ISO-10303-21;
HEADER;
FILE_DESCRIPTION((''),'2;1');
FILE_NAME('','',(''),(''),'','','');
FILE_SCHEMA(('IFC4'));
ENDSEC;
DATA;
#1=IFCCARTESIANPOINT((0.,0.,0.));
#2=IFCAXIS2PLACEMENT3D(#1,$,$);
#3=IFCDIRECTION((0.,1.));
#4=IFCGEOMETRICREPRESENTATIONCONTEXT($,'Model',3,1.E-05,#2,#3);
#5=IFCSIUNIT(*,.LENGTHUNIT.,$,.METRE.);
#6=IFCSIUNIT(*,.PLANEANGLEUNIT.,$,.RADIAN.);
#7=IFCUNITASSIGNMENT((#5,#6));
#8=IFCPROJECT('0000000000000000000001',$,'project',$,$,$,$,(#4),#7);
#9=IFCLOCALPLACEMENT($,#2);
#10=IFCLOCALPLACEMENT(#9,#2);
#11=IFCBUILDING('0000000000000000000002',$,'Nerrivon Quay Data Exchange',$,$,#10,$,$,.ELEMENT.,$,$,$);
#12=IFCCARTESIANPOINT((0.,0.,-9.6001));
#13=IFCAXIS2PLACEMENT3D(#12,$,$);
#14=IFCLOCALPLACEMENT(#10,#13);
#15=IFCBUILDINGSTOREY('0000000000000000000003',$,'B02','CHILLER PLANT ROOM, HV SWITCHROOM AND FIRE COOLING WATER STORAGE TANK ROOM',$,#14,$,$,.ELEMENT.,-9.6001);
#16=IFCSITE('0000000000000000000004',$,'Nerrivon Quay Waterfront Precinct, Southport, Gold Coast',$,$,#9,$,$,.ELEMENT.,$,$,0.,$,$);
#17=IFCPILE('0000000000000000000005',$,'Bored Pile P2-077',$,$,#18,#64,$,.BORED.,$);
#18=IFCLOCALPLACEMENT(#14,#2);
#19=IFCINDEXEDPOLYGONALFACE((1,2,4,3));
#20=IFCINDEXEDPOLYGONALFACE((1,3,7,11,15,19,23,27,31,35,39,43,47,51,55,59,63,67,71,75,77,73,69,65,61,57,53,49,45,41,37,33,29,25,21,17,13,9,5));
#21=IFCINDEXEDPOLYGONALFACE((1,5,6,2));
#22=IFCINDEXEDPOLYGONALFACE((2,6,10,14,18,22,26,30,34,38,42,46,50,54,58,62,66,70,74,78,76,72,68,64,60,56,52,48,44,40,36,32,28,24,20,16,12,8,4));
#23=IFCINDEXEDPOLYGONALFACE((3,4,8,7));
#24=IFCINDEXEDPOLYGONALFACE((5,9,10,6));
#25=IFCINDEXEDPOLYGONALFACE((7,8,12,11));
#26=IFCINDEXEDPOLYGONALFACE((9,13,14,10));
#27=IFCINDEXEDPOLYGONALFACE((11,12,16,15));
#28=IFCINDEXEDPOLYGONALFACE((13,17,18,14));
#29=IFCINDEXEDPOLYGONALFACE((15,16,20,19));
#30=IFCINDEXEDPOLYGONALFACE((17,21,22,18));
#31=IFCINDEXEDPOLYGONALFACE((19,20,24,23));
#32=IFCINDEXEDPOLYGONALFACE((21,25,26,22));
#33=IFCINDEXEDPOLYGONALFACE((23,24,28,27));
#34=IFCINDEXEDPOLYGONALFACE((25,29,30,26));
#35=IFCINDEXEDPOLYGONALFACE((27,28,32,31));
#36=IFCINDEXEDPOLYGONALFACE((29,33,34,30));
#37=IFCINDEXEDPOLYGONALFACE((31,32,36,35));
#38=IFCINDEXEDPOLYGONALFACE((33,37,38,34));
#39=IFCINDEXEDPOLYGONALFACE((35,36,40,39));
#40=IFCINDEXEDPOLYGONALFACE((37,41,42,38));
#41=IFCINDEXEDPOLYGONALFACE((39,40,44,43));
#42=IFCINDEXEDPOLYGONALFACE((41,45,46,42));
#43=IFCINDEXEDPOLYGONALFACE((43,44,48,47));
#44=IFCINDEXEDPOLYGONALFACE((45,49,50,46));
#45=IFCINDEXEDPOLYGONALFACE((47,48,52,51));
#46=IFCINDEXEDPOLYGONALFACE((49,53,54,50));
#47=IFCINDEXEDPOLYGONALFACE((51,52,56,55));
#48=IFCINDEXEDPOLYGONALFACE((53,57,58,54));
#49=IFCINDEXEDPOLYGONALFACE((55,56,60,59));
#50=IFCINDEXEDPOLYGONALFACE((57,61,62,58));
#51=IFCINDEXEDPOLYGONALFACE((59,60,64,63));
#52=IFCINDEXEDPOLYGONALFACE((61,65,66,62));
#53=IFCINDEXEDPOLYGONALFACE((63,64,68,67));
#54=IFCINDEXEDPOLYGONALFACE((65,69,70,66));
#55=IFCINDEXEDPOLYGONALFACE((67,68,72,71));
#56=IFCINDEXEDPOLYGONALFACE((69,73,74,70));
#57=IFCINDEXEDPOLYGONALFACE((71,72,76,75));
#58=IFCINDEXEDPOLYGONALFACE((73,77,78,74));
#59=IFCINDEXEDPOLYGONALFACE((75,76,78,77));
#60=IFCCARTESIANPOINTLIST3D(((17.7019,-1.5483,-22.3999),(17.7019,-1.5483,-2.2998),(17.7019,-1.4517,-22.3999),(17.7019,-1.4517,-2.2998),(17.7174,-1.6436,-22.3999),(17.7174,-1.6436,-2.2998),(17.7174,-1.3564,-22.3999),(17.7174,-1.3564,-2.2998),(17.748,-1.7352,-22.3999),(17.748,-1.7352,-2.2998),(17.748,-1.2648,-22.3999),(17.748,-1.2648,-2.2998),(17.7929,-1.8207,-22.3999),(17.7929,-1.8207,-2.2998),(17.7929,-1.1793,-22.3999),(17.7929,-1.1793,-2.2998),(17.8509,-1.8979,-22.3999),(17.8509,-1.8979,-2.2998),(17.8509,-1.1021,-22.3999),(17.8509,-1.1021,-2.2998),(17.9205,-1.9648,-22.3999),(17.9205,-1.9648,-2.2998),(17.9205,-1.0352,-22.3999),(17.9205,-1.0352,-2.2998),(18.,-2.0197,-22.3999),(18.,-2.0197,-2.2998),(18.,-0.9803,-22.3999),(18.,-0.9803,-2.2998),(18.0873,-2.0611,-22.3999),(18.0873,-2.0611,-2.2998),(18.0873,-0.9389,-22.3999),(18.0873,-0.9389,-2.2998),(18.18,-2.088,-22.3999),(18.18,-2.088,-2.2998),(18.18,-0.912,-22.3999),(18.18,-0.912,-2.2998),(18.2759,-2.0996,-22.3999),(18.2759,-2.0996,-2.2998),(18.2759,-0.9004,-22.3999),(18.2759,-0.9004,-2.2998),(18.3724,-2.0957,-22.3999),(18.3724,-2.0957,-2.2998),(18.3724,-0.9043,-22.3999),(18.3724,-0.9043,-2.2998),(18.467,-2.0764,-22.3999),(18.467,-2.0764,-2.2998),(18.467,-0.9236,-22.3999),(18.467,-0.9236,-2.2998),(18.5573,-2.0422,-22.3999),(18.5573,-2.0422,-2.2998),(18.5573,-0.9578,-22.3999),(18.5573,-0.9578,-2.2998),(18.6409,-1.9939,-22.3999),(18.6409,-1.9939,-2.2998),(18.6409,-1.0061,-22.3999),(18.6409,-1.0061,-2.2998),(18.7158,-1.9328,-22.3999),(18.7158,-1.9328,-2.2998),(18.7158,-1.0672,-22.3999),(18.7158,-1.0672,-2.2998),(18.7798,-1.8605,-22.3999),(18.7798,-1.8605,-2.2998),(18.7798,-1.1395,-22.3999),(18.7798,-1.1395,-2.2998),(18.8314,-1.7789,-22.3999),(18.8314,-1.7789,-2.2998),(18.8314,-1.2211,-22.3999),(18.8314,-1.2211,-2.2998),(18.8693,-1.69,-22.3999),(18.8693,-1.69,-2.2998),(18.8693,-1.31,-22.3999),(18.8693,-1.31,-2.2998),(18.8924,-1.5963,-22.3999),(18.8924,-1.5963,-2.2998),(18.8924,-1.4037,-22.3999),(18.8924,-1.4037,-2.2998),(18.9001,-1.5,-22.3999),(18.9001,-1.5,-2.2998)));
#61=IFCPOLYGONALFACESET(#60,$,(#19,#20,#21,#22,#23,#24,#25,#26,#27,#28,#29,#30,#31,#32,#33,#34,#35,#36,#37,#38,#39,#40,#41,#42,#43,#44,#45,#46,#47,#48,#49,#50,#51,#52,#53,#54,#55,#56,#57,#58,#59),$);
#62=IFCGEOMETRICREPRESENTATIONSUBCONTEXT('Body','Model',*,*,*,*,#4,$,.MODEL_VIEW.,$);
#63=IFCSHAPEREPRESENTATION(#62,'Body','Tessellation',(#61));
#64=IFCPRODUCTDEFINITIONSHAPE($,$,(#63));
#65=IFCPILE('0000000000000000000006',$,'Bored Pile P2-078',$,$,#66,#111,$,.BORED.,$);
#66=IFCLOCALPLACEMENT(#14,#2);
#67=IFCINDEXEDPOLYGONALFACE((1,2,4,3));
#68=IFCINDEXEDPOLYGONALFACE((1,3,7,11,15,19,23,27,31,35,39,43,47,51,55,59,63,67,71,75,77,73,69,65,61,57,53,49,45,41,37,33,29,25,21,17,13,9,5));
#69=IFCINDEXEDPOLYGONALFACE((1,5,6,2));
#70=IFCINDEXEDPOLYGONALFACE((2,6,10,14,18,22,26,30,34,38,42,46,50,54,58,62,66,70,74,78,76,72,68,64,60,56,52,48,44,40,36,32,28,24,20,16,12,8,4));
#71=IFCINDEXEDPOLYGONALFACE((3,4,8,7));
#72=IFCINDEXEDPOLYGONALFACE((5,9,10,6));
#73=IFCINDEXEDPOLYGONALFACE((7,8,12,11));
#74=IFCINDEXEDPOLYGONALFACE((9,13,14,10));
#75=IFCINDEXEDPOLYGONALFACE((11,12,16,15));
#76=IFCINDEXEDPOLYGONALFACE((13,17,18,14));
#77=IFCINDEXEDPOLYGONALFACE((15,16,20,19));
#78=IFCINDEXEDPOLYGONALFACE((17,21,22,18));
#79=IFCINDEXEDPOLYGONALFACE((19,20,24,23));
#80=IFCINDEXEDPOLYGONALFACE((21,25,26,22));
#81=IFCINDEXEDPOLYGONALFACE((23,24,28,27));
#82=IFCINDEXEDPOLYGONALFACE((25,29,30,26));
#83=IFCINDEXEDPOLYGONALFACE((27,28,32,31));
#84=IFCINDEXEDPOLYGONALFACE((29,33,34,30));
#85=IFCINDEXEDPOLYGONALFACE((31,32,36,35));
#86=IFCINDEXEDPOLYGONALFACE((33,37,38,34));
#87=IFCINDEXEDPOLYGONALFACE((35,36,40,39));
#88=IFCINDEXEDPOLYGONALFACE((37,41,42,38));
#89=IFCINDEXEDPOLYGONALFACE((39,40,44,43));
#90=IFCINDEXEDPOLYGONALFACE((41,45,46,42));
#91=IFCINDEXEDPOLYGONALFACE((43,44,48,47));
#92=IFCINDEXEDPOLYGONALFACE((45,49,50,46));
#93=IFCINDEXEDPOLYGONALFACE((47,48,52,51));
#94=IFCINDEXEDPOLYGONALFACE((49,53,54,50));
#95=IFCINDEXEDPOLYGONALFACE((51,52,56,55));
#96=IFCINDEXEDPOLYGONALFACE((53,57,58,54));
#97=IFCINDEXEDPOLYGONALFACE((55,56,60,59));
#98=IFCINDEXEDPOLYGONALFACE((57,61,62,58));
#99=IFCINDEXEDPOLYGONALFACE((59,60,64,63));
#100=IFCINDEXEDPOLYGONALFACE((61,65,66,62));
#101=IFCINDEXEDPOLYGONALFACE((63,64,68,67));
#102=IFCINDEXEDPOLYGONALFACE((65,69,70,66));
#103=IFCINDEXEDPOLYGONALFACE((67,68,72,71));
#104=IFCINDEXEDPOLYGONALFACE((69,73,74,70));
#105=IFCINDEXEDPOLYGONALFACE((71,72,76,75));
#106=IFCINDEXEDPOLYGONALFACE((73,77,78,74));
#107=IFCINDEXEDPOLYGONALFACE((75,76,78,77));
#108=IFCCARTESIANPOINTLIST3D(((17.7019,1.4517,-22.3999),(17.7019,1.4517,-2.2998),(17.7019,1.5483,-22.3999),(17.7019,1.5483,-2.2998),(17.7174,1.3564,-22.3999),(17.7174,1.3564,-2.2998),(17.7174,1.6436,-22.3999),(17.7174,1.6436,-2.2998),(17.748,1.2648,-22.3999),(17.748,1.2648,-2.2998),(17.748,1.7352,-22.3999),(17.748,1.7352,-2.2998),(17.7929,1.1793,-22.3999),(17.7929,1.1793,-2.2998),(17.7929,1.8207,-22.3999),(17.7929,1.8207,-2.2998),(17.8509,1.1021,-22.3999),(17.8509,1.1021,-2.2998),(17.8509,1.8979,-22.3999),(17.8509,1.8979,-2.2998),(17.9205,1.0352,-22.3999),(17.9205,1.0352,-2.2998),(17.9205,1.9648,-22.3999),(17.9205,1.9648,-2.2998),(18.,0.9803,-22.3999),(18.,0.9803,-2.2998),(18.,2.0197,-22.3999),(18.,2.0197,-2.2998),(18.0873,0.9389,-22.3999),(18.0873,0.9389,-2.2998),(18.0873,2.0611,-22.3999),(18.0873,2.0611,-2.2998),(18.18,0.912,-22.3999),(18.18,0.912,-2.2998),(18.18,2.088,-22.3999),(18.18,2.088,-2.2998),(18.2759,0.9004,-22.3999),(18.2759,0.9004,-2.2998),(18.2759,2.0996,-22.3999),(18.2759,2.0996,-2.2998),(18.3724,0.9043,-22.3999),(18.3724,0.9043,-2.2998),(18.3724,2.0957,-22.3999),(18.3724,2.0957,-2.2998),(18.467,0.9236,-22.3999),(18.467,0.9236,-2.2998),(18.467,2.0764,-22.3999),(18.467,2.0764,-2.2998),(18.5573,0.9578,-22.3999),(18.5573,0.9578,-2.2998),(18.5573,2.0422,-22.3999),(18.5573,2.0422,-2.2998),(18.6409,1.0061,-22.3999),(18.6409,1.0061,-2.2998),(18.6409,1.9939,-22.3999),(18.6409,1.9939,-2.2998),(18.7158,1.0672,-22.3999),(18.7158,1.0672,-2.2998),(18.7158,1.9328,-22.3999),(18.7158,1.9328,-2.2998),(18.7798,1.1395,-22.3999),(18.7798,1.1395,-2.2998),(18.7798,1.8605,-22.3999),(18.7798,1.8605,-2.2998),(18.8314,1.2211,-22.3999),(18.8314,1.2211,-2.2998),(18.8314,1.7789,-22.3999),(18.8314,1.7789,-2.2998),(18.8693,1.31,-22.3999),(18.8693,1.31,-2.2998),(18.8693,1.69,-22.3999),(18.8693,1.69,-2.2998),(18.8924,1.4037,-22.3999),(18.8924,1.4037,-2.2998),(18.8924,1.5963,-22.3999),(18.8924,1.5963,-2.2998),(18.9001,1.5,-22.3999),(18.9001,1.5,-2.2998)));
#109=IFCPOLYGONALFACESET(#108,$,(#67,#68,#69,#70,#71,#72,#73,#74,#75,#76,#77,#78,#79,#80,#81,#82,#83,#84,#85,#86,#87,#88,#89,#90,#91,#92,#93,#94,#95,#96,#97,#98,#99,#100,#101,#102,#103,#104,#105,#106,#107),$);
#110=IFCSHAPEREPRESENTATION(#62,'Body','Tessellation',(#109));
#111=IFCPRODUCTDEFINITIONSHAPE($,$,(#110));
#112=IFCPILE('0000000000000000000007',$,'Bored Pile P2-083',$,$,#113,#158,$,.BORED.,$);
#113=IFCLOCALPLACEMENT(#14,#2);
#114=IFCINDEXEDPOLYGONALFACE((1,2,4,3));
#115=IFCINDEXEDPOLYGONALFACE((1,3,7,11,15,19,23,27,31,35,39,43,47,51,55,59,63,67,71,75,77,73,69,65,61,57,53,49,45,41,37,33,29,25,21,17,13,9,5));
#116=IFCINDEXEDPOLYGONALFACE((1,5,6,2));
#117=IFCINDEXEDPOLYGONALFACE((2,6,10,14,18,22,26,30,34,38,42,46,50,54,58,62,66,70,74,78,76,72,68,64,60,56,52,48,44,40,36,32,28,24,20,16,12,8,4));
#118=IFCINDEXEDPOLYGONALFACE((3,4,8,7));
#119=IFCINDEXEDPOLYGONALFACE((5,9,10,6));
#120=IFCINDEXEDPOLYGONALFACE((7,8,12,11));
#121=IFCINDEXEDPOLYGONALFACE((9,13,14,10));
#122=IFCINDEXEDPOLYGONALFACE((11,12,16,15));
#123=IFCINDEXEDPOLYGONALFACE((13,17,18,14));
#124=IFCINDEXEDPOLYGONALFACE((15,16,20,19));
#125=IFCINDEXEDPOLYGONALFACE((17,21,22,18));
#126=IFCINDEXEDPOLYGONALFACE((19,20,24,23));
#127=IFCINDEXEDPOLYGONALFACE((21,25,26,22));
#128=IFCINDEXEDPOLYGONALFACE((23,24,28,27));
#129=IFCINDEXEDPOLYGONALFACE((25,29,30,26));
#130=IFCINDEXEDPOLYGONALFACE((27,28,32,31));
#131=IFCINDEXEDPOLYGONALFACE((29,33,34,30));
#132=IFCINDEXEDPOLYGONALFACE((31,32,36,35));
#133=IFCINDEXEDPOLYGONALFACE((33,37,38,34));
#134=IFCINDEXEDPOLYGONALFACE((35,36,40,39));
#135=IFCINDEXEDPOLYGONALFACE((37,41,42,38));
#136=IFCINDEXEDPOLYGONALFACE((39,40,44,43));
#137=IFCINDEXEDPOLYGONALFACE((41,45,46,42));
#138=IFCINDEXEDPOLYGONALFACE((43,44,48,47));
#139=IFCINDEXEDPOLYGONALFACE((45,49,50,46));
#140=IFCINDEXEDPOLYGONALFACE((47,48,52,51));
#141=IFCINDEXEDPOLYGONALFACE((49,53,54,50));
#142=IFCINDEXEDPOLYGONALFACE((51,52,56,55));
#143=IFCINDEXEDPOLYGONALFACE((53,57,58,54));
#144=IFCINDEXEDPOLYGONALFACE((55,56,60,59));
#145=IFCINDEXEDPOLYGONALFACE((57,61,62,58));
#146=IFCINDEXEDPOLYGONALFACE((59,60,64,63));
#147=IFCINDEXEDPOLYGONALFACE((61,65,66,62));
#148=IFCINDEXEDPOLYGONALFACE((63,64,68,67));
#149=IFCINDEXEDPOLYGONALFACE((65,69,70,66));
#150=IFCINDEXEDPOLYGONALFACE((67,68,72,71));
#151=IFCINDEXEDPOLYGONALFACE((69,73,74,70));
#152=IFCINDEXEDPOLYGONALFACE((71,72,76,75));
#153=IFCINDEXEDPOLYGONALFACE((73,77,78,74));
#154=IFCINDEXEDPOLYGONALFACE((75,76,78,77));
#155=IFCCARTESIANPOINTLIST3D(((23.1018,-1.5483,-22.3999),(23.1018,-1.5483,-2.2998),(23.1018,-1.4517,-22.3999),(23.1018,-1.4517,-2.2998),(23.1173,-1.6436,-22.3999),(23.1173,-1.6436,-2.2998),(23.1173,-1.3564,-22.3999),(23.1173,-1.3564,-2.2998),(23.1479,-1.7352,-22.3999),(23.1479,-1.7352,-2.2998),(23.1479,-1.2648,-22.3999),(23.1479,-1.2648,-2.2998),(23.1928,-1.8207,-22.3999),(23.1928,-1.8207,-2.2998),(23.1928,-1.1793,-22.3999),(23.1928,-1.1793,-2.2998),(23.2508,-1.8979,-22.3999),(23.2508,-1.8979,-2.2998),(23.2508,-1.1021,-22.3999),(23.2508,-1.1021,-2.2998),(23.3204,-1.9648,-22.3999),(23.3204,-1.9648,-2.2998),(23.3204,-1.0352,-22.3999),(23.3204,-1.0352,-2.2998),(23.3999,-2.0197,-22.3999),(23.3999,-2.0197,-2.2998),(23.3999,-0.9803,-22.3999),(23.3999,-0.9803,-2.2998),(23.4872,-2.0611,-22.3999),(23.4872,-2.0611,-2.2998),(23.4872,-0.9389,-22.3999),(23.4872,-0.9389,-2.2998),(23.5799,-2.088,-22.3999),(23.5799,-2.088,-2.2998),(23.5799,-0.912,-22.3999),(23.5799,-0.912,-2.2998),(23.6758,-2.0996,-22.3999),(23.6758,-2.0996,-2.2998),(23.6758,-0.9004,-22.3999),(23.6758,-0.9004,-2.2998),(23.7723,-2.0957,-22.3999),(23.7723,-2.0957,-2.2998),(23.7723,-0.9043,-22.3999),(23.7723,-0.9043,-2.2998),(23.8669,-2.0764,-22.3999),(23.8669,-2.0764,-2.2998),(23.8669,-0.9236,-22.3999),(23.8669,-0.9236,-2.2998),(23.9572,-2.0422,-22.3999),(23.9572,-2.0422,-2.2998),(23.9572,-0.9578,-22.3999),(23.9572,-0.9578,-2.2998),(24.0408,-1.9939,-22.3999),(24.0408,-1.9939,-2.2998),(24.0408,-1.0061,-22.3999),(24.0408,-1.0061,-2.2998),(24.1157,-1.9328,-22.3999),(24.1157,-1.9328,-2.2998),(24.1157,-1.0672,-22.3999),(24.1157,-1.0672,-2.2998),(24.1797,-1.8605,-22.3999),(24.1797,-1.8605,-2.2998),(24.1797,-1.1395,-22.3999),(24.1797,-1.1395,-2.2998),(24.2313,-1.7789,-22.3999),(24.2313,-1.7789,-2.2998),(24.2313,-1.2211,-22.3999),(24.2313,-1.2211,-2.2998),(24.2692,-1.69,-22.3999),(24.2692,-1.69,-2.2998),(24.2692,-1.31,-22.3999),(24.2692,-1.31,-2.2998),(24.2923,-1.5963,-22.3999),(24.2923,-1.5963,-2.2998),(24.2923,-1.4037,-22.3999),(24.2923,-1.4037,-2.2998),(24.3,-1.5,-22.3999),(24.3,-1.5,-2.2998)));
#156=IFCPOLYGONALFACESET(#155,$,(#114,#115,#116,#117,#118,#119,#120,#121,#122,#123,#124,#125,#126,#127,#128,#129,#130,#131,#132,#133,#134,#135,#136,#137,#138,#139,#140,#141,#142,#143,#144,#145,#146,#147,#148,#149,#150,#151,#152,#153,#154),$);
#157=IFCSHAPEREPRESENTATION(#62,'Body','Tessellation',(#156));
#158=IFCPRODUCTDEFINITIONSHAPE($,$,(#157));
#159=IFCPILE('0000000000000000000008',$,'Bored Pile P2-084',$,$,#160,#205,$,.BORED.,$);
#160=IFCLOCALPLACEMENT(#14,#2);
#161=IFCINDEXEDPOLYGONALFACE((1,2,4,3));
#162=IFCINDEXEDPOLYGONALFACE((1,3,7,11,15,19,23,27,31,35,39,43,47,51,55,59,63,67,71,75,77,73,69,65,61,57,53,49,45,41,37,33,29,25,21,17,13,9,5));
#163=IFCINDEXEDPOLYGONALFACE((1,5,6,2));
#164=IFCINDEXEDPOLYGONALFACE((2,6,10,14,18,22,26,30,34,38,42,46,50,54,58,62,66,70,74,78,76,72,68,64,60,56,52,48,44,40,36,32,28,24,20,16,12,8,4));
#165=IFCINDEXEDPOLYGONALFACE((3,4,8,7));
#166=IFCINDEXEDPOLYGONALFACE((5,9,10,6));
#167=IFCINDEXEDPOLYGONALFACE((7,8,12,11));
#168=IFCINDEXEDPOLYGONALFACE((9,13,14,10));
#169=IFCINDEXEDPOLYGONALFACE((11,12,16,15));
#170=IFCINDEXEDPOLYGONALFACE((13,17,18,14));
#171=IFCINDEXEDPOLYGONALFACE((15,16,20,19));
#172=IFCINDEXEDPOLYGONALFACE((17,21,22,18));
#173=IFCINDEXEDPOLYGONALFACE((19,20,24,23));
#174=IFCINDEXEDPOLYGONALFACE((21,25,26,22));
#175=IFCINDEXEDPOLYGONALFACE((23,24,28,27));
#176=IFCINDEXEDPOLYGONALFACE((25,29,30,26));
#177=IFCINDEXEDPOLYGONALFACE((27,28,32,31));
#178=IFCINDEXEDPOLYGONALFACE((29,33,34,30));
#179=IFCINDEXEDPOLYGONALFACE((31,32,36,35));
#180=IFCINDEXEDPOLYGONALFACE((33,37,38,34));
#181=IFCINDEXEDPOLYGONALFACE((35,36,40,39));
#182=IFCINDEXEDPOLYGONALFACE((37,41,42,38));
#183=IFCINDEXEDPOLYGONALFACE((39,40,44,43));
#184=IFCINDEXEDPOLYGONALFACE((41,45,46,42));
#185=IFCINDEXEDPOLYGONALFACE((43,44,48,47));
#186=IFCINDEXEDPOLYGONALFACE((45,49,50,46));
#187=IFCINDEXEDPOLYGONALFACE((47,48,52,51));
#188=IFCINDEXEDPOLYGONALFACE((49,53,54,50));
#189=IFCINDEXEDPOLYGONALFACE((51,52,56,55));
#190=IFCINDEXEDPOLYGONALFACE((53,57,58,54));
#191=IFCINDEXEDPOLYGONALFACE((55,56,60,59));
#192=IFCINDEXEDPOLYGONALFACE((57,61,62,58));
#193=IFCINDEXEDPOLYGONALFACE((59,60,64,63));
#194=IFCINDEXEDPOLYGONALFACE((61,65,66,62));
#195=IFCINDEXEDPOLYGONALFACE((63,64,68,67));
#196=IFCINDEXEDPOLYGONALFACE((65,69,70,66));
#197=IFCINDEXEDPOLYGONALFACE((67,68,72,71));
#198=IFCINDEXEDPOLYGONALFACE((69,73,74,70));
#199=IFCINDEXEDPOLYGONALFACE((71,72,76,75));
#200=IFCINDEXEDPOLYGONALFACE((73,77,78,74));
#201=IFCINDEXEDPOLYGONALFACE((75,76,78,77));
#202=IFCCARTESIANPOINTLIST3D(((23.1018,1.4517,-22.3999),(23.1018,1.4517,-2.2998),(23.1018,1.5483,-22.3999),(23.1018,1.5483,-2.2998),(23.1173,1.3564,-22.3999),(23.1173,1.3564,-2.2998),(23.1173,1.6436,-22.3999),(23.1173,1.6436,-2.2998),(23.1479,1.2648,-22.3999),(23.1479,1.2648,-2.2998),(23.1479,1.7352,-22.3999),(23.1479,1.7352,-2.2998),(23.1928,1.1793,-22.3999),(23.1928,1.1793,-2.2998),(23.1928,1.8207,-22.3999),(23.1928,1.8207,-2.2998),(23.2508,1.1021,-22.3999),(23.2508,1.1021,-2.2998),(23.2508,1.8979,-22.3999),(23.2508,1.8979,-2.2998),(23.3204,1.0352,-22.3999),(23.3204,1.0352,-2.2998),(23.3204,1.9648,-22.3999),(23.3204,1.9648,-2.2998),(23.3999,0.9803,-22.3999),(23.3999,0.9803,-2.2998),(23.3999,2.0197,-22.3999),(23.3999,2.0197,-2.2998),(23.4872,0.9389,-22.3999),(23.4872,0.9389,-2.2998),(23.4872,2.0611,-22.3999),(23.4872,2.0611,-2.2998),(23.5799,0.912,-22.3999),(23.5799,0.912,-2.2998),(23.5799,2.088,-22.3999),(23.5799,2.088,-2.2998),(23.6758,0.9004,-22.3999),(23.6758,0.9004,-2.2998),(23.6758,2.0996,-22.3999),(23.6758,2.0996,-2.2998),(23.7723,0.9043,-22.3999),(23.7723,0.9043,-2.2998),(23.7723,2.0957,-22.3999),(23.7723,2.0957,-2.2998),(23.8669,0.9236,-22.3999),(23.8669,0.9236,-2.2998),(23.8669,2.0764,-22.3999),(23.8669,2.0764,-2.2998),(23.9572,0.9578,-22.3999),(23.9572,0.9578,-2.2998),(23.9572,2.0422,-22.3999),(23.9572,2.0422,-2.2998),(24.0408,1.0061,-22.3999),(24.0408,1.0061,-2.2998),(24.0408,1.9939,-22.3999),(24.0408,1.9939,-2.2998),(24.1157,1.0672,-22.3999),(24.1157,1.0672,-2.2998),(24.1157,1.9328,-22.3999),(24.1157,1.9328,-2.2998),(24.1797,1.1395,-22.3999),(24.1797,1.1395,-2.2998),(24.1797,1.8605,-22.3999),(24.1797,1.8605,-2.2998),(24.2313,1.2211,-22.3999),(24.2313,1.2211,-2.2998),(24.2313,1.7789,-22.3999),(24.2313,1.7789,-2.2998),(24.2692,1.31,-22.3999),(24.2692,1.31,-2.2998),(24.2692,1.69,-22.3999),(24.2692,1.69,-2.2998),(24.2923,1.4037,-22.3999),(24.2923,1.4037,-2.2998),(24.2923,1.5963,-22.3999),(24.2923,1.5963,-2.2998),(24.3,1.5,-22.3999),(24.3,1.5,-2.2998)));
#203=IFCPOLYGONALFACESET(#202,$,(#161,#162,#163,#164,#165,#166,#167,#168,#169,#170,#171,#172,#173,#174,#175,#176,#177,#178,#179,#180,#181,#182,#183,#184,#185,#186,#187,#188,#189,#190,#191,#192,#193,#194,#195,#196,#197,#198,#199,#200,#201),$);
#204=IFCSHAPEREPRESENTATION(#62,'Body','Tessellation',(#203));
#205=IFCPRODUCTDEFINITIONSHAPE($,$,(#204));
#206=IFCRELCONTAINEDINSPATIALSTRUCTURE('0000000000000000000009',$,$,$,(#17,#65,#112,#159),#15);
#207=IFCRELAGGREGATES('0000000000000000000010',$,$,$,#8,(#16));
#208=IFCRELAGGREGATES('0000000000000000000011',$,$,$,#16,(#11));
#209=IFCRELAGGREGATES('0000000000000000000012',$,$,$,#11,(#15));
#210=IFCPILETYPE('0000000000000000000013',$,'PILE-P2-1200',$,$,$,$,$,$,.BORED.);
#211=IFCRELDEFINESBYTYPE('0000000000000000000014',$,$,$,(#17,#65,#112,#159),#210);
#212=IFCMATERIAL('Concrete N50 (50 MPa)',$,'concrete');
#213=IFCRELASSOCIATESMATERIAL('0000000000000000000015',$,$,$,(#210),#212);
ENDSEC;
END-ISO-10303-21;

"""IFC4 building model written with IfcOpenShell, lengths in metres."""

from ifc_helpers import new_model, si_unit, direction, frame, origin, origin_2d, place, context, subcontext, project, spatial, circle, extrude, material, material_profile, profile_set, type_object, element, save


model = new_model("IFC4")

# Units and contexts
model_context = context("Model", 3, precision=1e-05, world=origin(), true_north=direction((0.0, 1.0)))
body_context = subcontext(model_context, "Body", "Model", "MODEL_VIEW")
ifc_project = project(units=[si_unit("LENGTHUNIT", "METRE"), si_unit("PLANEANGLEUNIT", "RADIAN")], contexts=[model_context])

# Site, building, storey
site_placement = place(None, origin())
site = spatial("IfcSite", under=ifc_project, at=site_placement, Name="Nerrivon Quay Waterfront Precinct, Southport, Gold Coast", CompositionType="ELEMENT", RefElevation=0.0)
building_placement = place(site_placement, origin())
building = spatial("IfcBuilding", under=site, at=building_placement, Name="Nerrivon Quay Data Exchange", CompositionType="ELEMENT")
storey_placement = place(building_placement, frame((0.0, 0.0, -9.6001)))
storey = spatial("IfcBuildingStorey", under=building, at=storey_placement, Name="B02", Description="CHILLER PLANT ROOM, HV SWITCHROOM AND FIRE COOLING WATER STORAGE TANK ROOM", CompositionType="ELEMENT", Elevation=-9.6001)

# Piles
ifc_material_1 = material(Name="Concrete N50 (50 MPa)", Category="concrete")
ifc_material_profile_1 = material_profile(ifc_material_1, circle(Radius=0.6001, at=origin_2d()), Name="PILE-1200")
ifc_profile_set_1 = profile_set([ifc_material_profile_1], Name="Concrete N50 (50 MPa)")
pile_type_1 = type_object("IfcPileType", Name="PILE-P2-1200", PredefinedType="BORED", material=ifc_profile_set_1)
for number, where, z_axis, x_axis, name in (
    (1, (18.3, -1.5, -2.2998), (0.0, 0.0, -1.0), (1.0, 0.0, 0.0), "Bored Pile P2-077"),
    (2, (18.3, 1.5, -2.2998), (0.0, 0.0, -1.0), (1.0, 0.0, 0.0), "Bored Pile P2-078"),
    (3, (23.7, -1.5, -2.2998), (0.0, 0.0, -1.0), (1.0, 0.0, 0.0), "Bored Pile P2-083"),
    (4, (23.7, 1.5, -2.2998), (0.0, 0.0, -1.0), (1.0, 0.0, 0.0), "Bored Pile P2-084"),
):
    element("IfcPile", number, at=place(storey_placement, frame(where, z_axis=z_axis, x_axis=x_axis)), inside=storey, type_object=pile_type_1, Name=name, PredefinedType="BORED", context=body_context, shape_type="SweptSolid", body=[
        extrude(circle(Radius=0.6001, at=origin_2d()), origin(), (0.0, 0.0, 1.0), 20.1001),
    ])

save(model, "model.ifc")
